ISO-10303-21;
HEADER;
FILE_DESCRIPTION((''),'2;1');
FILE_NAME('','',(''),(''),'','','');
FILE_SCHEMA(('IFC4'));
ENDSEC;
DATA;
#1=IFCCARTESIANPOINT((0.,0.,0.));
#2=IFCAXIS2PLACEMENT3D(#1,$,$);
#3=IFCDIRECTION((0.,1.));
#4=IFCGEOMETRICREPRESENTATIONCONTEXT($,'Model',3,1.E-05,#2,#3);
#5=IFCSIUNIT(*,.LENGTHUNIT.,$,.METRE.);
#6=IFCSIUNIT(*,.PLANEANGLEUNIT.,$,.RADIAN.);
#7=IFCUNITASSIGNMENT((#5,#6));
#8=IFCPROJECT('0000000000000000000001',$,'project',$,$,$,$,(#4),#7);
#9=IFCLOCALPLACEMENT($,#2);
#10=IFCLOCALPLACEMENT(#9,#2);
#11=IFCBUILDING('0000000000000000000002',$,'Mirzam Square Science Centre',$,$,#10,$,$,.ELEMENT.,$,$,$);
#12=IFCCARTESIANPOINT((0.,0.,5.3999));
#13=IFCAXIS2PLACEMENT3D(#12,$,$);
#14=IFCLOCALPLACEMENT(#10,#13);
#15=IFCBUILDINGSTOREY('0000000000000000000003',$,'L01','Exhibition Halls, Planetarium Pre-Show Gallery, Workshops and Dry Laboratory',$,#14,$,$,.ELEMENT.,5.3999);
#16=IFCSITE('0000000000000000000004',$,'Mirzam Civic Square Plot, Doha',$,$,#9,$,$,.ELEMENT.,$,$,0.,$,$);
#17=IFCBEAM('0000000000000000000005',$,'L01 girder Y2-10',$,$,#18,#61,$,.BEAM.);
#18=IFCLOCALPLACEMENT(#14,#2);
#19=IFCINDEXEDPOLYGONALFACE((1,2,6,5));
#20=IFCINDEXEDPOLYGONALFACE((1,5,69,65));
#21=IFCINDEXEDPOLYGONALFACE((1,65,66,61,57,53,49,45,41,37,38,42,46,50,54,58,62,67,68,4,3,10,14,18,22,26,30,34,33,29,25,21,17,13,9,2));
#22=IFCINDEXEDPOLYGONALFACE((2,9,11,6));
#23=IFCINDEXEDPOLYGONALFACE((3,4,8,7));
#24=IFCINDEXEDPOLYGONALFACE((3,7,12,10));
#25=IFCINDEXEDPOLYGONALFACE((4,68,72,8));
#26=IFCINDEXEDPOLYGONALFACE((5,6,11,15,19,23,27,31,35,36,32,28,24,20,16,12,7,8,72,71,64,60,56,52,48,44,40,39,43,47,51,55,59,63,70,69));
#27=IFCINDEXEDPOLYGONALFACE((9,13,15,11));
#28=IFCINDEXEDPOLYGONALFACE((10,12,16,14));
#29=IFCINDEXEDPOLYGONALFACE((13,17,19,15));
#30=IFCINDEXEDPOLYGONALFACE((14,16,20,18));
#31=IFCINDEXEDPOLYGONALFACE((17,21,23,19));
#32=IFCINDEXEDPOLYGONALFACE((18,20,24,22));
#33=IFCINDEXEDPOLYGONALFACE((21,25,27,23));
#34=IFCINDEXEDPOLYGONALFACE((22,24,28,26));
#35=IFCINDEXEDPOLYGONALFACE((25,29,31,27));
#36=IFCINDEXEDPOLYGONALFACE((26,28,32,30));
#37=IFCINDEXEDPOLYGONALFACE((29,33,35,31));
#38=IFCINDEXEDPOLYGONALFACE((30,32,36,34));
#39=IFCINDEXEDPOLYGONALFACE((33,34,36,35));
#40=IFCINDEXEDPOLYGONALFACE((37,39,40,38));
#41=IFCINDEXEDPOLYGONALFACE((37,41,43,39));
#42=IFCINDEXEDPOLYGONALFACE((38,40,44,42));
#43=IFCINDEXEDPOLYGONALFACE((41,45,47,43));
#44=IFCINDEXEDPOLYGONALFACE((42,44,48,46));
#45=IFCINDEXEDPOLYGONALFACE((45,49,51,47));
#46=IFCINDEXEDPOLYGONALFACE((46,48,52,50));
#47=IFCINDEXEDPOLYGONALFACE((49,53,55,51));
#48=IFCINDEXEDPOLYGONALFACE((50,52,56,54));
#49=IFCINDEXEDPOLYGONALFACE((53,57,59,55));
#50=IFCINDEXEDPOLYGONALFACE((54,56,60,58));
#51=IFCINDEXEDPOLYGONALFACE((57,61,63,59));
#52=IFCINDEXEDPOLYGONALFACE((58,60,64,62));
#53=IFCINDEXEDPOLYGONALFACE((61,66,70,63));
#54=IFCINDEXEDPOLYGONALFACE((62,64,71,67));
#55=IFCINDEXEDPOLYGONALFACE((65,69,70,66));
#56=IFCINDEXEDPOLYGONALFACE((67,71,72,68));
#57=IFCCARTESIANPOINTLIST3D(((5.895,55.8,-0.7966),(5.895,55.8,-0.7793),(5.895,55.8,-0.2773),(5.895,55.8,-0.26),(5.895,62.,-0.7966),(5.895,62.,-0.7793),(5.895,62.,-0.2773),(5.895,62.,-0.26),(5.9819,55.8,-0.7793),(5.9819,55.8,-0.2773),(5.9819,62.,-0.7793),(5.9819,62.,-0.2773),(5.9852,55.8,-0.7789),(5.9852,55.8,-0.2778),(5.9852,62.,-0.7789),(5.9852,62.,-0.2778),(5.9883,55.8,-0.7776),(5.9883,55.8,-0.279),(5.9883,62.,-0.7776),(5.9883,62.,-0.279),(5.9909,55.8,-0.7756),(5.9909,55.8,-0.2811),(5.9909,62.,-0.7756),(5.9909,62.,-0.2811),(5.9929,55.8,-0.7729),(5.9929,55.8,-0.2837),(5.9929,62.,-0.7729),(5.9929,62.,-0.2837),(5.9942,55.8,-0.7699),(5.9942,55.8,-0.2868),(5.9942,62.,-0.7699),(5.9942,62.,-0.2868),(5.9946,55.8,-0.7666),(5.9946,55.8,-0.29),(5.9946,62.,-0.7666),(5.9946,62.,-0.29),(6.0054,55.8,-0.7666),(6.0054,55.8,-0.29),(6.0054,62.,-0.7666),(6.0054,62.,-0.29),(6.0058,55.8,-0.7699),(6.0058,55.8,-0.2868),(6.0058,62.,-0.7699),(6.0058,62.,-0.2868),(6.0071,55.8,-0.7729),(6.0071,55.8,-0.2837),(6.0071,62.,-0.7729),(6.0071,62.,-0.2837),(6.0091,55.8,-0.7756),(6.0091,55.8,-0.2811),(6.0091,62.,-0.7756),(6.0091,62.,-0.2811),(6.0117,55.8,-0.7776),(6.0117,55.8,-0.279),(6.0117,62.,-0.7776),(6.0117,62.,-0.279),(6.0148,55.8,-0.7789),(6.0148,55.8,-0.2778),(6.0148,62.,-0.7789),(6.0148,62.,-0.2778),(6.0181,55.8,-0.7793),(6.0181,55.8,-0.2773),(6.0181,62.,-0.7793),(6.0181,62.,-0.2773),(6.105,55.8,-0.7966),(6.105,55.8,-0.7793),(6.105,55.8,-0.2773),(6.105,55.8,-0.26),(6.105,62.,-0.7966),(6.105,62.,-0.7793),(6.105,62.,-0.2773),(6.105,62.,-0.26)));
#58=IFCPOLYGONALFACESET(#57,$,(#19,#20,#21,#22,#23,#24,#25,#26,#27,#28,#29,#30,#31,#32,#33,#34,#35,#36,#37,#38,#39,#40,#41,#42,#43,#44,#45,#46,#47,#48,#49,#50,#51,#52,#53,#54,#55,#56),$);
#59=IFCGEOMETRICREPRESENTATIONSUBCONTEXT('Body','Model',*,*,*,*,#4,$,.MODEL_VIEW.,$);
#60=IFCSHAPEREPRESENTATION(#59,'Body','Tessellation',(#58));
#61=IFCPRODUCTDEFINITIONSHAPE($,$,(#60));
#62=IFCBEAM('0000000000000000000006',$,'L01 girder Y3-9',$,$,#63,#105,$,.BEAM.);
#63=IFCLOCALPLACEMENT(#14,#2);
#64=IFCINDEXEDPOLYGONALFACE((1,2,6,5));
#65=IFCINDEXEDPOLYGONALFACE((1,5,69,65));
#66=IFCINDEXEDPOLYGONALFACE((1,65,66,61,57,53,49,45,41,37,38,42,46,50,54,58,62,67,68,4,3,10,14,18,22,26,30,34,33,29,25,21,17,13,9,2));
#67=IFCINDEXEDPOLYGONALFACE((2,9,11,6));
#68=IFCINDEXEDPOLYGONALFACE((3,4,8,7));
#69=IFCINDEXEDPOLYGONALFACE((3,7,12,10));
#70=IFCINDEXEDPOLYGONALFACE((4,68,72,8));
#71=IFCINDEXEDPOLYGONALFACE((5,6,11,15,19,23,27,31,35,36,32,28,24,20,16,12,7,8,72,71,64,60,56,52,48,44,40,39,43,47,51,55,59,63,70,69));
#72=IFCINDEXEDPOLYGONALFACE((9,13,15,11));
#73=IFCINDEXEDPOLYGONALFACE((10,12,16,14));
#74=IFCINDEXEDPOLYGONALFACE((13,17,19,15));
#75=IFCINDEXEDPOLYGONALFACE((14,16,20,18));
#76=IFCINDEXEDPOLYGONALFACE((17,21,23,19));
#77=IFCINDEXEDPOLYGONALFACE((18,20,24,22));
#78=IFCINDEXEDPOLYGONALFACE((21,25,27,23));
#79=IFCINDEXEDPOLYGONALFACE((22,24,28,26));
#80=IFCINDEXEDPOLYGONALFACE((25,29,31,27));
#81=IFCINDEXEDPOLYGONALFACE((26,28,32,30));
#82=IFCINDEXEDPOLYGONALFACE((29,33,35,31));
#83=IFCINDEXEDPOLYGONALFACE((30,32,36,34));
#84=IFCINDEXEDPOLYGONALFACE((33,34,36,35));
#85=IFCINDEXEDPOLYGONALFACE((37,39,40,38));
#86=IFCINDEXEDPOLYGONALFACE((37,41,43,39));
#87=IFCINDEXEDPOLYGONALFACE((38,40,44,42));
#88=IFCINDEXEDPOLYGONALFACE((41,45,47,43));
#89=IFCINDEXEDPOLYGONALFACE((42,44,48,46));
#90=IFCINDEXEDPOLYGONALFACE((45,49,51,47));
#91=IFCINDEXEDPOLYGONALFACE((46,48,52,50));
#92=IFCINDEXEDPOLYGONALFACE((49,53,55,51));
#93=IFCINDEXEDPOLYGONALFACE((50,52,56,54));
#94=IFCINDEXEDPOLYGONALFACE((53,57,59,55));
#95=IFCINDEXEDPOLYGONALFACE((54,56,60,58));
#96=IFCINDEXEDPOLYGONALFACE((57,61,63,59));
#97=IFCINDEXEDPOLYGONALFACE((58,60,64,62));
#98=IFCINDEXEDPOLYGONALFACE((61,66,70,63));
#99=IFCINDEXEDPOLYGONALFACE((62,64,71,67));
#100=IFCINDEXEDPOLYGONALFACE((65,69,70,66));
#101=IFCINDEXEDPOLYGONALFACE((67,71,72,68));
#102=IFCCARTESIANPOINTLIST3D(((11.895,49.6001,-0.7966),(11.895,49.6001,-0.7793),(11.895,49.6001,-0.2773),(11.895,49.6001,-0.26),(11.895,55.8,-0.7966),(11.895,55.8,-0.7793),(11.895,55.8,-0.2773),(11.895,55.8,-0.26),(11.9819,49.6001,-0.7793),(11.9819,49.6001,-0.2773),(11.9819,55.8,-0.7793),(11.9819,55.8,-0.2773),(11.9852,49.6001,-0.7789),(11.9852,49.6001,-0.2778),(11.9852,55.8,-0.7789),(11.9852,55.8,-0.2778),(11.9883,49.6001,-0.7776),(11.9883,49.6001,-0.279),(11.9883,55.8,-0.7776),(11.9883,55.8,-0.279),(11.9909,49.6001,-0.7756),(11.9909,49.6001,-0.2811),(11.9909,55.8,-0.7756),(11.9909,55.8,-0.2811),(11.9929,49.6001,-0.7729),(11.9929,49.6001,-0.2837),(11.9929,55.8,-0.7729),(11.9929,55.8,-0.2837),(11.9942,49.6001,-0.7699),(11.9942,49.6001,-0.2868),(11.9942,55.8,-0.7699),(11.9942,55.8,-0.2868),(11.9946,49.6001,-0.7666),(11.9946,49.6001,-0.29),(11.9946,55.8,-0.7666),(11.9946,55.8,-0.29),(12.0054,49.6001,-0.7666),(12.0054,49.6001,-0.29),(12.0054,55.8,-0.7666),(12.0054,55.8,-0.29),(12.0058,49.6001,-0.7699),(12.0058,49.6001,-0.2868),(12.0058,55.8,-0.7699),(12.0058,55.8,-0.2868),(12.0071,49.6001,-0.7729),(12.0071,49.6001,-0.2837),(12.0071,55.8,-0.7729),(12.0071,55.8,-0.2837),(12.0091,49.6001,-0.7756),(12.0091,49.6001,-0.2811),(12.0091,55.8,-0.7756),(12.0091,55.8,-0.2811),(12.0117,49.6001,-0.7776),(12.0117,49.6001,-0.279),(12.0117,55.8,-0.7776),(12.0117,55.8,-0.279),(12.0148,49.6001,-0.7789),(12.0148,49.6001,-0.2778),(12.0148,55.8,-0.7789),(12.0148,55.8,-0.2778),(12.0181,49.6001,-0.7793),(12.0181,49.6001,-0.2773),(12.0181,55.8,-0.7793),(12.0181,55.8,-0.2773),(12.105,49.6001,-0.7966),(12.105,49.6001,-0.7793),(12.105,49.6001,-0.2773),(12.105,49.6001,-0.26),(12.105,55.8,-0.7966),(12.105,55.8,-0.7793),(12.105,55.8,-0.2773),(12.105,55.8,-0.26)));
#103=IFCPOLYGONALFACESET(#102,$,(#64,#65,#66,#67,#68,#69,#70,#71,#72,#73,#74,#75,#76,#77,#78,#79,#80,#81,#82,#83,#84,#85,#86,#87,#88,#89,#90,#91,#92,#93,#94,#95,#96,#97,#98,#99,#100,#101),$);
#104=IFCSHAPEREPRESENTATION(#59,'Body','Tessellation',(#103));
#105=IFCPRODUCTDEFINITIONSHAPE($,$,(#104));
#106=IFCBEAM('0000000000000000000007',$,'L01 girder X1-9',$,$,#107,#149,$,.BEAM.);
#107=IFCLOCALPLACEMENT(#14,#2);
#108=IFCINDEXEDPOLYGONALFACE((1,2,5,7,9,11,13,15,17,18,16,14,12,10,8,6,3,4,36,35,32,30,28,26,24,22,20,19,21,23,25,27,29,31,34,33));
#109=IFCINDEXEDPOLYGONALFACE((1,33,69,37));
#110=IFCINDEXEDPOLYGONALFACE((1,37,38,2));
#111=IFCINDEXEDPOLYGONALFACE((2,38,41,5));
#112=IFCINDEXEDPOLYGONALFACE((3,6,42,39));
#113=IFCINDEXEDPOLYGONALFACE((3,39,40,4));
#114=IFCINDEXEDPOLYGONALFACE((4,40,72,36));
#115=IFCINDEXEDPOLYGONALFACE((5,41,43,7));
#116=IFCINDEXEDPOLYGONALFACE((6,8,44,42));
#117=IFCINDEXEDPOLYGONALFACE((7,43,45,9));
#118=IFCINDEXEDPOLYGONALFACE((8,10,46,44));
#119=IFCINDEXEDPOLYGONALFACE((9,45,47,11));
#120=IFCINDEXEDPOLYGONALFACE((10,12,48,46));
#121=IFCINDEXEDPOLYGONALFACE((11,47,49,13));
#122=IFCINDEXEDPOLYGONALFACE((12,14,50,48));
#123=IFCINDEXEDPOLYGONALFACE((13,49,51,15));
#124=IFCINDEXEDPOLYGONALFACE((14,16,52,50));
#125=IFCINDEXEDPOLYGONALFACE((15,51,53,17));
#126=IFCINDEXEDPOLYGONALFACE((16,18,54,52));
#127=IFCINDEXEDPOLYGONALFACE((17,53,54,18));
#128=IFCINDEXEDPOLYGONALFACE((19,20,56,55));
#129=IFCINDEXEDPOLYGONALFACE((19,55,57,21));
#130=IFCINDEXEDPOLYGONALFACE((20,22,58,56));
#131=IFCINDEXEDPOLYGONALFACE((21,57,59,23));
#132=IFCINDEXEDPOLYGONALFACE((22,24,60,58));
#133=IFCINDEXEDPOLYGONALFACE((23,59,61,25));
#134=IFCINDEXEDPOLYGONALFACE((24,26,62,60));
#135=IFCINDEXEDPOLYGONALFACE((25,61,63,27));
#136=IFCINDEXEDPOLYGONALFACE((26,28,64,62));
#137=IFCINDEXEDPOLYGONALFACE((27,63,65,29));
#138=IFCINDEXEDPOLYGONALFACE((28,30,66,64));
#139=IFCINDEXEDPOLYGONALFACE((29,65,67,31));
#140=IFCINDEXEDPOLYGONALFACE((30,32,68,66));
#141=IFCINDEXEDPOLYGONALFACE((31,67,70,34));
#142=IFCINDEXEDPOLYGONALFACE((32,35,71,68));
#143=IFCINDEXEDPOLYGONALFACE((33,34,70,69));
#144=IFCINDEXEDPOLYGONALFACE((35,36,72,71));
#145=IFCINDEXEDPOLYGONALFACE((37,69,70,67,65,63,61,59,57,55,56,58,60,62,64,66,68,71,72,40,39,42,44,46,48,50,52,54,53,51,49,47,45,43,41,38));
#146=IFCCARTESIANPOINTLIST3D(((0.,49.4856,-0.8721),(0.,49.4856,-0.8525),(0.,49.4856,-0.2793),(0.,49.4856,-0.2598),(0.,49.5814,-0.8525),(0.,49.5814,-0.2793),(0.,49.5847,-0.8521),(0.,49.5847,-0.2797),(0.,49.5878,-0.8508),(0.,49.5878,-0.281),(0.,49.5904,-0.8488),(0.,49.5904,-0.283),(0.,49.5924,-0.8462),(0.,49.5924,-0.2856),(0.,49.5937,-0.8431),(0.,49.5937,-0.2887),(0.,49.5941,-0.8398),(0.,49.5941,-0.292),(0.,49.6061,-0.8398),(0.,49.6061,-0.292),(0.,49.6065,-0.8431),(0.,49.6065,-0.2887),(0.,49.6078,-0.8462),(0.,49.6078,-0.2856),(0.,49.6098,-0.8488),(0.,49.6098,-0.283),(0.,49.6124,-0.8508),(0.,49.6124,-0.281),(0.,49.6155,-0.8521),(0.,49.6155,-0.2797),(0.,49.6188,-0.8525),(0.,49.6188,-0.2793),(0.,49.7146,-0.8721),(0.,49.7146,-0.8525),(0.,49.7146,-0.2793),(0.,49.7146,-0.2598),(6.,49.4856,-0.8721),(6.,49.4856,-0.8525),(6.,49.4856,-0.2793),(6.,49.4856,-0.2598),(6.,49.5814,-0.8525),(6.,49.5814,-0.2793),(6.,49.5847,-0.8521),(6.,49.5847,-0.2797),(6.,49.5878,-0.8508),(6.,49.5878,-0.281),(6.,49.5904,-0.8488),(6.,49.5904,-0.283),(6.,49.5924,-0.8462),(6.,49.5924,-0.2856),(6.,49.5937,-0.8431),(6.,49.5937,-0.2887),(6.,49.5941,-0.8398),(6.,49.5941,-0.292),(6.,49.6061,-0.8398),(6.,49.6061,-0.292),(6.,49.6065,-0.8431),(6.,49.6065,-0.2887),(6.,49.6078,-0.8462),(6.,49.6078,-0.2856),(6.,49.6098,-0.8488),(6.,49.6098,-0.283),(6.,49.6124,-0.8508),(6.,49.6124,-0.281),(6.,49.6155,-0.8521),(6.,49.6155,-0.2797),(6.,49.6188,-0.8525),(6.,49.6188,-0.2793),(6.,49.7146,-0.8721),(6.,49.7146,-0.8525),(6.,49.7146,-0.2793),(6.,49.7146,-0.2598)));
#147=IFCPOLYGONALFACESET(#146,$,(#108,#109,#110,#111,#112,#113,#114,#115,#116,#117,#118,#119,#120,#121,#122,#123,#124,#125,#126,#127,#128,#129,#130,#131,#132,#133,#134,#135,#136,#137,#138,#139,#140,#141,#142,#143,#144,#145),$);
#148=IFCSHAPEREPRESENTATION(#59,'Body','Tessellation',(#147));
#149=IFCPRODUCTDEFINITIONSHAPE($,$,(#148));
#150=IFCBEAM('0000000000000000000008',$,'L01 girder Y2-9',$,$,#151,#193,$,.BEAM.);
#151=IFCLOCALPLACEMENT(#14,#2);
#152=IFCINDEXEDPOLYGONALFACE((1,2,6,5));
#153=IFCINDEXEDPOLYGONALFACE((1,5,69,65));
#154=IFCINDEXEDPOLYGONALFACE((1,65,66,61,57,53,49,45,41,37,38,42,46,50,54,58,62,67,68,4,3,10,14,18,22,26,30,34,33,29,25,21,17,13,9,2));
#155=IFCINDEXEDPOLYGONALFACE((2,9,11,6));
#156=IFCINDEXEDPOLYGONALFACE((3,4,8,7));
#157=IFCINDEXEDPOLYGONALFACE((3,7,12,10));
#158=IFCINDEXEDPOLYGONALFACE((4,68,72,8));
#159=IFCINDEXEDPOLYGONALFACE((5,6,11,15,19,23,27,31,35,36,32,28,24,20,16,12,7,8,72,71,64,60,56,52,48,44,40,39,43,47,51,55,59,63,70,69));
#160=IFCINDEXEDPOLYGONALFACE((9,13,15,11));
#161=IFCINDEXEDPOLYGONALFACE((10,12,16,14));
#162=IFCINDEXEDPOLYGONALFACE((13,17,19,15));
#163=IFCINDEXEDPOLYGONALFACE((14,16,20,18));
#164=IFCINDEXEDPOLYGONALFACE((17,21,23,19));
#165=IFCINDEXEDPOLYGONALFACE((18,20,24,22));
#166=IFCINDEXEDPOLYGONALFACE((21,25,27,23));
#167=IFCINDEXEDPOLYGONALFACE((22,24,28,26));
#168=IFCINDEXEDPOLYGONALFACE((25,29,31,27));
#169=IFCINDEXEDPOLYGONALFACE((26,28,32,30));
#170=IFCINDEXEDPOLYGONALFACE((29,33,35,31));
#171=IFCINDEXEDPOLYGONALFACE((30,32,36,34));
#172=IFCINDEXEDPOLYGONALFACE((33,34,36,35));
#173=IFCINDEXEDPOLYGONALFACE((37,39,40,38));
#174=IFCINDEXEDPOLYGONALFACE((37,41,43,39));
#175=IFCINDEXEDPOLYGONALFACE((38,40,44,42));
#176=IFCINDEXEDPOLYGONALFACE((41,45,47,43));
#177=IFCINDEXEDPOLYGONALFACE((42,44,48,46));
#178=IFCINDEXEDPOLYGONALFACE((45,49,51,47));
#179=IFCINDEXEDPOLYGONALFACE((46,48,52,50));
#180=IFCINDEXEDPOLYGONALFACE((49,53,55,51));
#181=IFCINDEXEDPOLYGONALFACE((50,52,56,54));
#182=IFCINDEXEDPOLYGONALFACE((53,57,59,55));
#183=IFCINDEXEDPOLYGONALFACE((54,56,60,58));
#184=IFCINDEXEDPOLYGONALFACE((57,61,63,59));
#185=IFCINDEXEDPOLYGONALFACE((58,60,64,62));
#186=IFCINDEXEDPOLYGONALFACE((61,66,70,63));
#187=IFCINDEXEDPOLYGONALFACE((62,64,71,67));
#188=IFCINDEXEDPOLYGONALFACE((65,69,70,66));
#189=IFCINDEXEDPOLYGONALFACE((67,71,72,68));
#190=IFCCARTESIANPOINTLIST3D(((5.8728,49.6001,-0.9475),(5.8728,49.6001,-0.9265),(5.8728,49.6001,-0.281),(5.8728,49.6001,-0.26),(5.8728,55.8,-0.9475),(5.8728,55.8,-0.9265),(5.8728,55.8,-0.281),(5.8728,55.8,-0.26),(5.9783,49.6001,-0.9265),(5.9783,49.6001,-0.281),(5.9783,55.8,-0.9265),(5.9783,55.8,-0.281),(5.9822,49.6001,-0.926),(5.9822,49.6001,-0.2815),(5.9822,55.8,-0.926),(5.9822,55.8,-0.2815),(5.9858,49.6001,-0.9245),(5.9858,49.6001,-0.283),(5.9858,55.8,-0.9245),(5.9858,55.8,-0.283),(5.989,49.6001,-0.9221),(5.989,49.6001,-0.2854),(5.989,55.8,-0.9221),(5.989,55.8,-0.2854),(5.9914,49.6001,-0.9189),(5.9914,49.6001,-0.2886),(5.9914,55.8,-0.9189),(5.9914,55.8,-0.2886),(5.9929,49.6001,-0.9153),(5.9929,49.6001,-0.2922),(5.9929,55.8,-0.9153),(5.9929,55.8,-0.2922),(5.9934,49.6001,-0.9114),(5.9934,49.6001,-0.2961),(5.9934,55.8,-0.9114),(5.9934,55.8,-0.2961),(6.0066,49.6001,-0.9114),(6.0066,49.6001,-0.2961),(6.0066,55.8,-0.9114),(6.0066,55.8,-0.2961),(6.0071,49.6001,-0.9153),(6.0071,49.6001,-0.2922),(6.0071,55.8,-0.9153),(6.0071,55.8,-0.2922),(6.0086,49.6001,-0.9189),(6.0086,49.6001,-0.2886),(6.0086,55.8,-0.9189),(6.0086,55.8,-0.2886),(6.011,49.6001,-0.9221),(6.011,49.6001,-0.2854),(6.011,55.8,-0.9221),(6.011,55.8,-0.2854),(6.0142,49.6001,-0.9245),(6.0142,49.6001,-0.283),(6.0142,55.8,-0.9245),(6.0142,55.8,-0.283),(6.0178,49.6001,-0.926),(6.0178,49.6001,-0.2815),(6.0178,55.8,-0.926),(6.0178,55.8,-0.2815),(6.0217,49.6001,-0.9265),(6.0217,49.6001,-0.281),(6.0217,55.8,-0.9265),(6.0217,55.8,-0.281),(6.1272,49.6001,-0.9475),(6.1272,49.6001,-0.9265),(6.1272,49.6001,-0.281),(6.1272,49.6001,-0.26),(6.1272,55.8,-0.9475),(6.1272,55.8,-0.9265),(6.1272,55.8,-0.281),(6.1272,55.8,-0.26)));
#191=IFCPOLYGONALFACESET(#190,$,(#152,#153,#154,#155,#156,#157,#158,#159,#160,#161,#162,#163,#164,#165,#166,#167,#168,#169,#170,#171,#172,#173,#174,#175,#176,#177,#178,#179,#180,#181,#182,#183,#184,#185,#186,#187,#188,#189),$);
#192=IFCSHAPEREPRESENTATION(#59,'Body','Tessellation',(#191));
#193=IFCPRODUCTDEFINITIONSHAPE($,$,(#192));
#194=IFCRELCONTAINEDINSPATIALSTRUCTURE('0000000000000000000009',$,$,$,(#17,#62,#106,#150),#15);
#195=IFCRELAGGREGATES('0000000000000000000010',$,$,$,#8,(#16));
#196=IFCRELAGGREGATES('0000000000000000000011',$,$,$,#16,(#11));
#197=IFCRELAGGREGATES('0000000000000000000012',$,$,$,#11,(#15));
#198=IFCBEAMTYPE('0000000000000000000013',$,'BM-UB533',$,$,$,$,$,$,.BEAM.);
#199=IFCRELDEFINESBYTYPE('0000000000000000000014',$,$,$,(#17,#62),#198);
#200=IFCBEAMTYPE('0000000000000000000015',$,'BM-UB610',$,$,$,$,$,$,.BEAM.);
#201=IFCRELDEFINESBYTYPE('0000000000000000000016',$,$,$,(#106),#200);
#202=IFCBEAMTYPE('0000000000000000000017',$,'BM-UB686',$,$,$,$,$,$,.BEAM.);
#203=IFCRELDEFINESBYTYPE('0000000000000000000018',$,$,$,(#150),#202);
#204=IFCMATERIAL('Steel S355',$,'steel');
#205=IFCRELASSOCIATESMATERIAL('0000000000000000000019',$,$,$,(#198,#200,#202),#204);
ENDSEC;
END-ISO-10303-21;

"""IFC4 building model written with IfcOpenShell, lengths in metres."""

from ifc_helpers import new_model, si_unit, direction, frame, origin, origin_2d, place, context, subcontext, project, spatial, i_section, extrude, material, material_profile, profile_set, type_object, element, save


model = new_model("IFC4")

# Units and contexts
model_context = context("Model", 3, precision=1e-05, world=origin(), true_north=direction((0.0, 1.0)))
body_context = subcontext(model_context, "Body", "Model", "MODEL_VIEW")
ifc_project = project(units=[si_unit("LENGTHUNIT", "METRE"), si_unit("PLANEANGLEUNIT", "RADIAN")], contexts=[model_context])

# Site, building, storey
site_placement = place(None, origin())
site = spatial("IfcSite", under=ifc_project, at=site_placement, Name="Mirzam Civic Square Plot, Doha", CompositionType="ELEMENT", RefElevation=0.0)
building_placement = place(site_placement, origin())
building = spatial("IfcBuilding", under=site, at=building_placement, Name="Mirzam Square Science Centre", CompositionType="ELEMENT")
storey_placement = place(building_placement, frame((0.0, 0.0, 5.3999)))
storey = spatial("IfcBuildingStorey", under=building, at=storey_placement, Name="L01", Description="Exhibition Halls, Planetarium Pre-Show Gallery, Workshops and Dry Laboratory", CompositionType="ELEMENT", Elevation=5.3999)

# Shared definitions
ifc_material_1 = material(Name="Steel S355", Category="steel")

# Beams
ifc_material_profile_1 = material_profile(ifc_material_1, i_section(OverallWidth=0.21, OverallDepth=0.5366, WebThickness=0.0107, FlangeThickness=0.0173, FilletRadius=0.0127, at=origin_2d()), Name="533x210x101UB")
ifc_profile_set_1 = profile_set([ifc_material_profile_1], Name="Steel S355")
beam_type_1 = type_object("IfcBeamType", Name="BM-UB533", PredefinedType="BEAM", material=ifc_profile_set_1)
for number, where, z_axis, x_axis, name in (
    (1, (6.0, 55.8, -0.5283), (0.0, 1.0, 0.0), (-1.0, 0.0, 0.0), "L01 girder Y2-10"),
    (2, (12.0, 49.6001, -0.5283), (0.0, 1.0, 0.0), (-1.0, 0.0, 0.0), "L01 girder Y3-9"),
):
    element("IfcBeam", number, at=place(storey_placement, frame(where, z_axis=z_axis, x_axis=x_axis)), inside=storey, type_object=beam_type_1, Name=name, PredefinedType="BEAM", context=body_context, shape_type="SweptSolid", body=[
        extrude(i_section(OverallWidth=0.21, OverallDepth=0.5366, WebThickness=0.0107, FlangeThickness=0.0173, FilletRadius=0.0127, at=origin_2d()), origin(), (0.0, 0.0, 1.0), 6.2),
    ])
ifc_material_profile_2 = material_profile(ifc_material_1, i_section(OverallWidth=0.229, OverallDepth=0.6123, WebThickness=0.012, FlangeThickness=0.0195, FilletRadius=0.0127, at=origin_2d()), Name="610x229x125UB")
ifc_profile_set_2 = profile_set([ifc_material_profile_2], Name="Steel S355")
beam_type_2 = type_object("IfcBeamType", Name="BM-UB610", PredefinedType="BEAM", material=ifc_profile_set_2)
beam_1_placement = place(storey_placement, frame((0.0, 49.6001, -0.5659), z_axis=(1.0, 0.0, 0.0), x_axis=(0.0, 1.0, 0.0)))
element("IfcBeam", 3, at=beam_1_placement, inside=storey, type_object=beam_type_2, Name="L01 girder X1-9", PredefinedType="BEAM", context=body_context, shape_type="SweptSolid", body=[
    extrude(i_section(OverallWidth=0.229, OverallDepth=0.6123, WebThickness=0.012, FlangeThickness=0.0195, FilletRadius=0.0127, at=origin_2d()), origin(), (0.0, 0.0, 1.0), 6.0),
])
ifc_material_profile_3 = material_profile(ifc_material_1, i_section(OverallWidth=0.2544, OverallDepth=0.6875, WebThickness=0.0132, FlangeThickness=0.021, FilletRadius=0.0151, at=origin_2d()), Name="686x254x152UB")
ifc_profile_set_3 = profile_set([ifc_material_profile_3], Name="Steel S355")
beam_type_3 = type_object("IfcBeamType", Name="BM-UB686", PredefinedType="BEAM", material=ifc_profile_set_3)
beam_2_placement = place(storey_placement, frame((6.0, 49.6001, -0.6038), z_axis=(0.0, 1.0, 0.0), x_axis=(-1.0, 0.0, 0.0)))
element("IfcBeam", 4, at=beam_2_placement, inside=storey, type_object=beam_type_3, Name="L01 girder Y2-9", PredefinedType="BEAM", context=body_context, shape_type="SweptSolid", body=[
    extrude(i_section(OverallWidth=0.2544, OverallDepth=0.6875, WebThickness=0.0132, FlangeThickness=0.021, FilletRadius=0.0151, at=origin_2d()), origin(), (0.0, 0.0, 1.0), 6.2),
])

save(model, "model.ifc")
